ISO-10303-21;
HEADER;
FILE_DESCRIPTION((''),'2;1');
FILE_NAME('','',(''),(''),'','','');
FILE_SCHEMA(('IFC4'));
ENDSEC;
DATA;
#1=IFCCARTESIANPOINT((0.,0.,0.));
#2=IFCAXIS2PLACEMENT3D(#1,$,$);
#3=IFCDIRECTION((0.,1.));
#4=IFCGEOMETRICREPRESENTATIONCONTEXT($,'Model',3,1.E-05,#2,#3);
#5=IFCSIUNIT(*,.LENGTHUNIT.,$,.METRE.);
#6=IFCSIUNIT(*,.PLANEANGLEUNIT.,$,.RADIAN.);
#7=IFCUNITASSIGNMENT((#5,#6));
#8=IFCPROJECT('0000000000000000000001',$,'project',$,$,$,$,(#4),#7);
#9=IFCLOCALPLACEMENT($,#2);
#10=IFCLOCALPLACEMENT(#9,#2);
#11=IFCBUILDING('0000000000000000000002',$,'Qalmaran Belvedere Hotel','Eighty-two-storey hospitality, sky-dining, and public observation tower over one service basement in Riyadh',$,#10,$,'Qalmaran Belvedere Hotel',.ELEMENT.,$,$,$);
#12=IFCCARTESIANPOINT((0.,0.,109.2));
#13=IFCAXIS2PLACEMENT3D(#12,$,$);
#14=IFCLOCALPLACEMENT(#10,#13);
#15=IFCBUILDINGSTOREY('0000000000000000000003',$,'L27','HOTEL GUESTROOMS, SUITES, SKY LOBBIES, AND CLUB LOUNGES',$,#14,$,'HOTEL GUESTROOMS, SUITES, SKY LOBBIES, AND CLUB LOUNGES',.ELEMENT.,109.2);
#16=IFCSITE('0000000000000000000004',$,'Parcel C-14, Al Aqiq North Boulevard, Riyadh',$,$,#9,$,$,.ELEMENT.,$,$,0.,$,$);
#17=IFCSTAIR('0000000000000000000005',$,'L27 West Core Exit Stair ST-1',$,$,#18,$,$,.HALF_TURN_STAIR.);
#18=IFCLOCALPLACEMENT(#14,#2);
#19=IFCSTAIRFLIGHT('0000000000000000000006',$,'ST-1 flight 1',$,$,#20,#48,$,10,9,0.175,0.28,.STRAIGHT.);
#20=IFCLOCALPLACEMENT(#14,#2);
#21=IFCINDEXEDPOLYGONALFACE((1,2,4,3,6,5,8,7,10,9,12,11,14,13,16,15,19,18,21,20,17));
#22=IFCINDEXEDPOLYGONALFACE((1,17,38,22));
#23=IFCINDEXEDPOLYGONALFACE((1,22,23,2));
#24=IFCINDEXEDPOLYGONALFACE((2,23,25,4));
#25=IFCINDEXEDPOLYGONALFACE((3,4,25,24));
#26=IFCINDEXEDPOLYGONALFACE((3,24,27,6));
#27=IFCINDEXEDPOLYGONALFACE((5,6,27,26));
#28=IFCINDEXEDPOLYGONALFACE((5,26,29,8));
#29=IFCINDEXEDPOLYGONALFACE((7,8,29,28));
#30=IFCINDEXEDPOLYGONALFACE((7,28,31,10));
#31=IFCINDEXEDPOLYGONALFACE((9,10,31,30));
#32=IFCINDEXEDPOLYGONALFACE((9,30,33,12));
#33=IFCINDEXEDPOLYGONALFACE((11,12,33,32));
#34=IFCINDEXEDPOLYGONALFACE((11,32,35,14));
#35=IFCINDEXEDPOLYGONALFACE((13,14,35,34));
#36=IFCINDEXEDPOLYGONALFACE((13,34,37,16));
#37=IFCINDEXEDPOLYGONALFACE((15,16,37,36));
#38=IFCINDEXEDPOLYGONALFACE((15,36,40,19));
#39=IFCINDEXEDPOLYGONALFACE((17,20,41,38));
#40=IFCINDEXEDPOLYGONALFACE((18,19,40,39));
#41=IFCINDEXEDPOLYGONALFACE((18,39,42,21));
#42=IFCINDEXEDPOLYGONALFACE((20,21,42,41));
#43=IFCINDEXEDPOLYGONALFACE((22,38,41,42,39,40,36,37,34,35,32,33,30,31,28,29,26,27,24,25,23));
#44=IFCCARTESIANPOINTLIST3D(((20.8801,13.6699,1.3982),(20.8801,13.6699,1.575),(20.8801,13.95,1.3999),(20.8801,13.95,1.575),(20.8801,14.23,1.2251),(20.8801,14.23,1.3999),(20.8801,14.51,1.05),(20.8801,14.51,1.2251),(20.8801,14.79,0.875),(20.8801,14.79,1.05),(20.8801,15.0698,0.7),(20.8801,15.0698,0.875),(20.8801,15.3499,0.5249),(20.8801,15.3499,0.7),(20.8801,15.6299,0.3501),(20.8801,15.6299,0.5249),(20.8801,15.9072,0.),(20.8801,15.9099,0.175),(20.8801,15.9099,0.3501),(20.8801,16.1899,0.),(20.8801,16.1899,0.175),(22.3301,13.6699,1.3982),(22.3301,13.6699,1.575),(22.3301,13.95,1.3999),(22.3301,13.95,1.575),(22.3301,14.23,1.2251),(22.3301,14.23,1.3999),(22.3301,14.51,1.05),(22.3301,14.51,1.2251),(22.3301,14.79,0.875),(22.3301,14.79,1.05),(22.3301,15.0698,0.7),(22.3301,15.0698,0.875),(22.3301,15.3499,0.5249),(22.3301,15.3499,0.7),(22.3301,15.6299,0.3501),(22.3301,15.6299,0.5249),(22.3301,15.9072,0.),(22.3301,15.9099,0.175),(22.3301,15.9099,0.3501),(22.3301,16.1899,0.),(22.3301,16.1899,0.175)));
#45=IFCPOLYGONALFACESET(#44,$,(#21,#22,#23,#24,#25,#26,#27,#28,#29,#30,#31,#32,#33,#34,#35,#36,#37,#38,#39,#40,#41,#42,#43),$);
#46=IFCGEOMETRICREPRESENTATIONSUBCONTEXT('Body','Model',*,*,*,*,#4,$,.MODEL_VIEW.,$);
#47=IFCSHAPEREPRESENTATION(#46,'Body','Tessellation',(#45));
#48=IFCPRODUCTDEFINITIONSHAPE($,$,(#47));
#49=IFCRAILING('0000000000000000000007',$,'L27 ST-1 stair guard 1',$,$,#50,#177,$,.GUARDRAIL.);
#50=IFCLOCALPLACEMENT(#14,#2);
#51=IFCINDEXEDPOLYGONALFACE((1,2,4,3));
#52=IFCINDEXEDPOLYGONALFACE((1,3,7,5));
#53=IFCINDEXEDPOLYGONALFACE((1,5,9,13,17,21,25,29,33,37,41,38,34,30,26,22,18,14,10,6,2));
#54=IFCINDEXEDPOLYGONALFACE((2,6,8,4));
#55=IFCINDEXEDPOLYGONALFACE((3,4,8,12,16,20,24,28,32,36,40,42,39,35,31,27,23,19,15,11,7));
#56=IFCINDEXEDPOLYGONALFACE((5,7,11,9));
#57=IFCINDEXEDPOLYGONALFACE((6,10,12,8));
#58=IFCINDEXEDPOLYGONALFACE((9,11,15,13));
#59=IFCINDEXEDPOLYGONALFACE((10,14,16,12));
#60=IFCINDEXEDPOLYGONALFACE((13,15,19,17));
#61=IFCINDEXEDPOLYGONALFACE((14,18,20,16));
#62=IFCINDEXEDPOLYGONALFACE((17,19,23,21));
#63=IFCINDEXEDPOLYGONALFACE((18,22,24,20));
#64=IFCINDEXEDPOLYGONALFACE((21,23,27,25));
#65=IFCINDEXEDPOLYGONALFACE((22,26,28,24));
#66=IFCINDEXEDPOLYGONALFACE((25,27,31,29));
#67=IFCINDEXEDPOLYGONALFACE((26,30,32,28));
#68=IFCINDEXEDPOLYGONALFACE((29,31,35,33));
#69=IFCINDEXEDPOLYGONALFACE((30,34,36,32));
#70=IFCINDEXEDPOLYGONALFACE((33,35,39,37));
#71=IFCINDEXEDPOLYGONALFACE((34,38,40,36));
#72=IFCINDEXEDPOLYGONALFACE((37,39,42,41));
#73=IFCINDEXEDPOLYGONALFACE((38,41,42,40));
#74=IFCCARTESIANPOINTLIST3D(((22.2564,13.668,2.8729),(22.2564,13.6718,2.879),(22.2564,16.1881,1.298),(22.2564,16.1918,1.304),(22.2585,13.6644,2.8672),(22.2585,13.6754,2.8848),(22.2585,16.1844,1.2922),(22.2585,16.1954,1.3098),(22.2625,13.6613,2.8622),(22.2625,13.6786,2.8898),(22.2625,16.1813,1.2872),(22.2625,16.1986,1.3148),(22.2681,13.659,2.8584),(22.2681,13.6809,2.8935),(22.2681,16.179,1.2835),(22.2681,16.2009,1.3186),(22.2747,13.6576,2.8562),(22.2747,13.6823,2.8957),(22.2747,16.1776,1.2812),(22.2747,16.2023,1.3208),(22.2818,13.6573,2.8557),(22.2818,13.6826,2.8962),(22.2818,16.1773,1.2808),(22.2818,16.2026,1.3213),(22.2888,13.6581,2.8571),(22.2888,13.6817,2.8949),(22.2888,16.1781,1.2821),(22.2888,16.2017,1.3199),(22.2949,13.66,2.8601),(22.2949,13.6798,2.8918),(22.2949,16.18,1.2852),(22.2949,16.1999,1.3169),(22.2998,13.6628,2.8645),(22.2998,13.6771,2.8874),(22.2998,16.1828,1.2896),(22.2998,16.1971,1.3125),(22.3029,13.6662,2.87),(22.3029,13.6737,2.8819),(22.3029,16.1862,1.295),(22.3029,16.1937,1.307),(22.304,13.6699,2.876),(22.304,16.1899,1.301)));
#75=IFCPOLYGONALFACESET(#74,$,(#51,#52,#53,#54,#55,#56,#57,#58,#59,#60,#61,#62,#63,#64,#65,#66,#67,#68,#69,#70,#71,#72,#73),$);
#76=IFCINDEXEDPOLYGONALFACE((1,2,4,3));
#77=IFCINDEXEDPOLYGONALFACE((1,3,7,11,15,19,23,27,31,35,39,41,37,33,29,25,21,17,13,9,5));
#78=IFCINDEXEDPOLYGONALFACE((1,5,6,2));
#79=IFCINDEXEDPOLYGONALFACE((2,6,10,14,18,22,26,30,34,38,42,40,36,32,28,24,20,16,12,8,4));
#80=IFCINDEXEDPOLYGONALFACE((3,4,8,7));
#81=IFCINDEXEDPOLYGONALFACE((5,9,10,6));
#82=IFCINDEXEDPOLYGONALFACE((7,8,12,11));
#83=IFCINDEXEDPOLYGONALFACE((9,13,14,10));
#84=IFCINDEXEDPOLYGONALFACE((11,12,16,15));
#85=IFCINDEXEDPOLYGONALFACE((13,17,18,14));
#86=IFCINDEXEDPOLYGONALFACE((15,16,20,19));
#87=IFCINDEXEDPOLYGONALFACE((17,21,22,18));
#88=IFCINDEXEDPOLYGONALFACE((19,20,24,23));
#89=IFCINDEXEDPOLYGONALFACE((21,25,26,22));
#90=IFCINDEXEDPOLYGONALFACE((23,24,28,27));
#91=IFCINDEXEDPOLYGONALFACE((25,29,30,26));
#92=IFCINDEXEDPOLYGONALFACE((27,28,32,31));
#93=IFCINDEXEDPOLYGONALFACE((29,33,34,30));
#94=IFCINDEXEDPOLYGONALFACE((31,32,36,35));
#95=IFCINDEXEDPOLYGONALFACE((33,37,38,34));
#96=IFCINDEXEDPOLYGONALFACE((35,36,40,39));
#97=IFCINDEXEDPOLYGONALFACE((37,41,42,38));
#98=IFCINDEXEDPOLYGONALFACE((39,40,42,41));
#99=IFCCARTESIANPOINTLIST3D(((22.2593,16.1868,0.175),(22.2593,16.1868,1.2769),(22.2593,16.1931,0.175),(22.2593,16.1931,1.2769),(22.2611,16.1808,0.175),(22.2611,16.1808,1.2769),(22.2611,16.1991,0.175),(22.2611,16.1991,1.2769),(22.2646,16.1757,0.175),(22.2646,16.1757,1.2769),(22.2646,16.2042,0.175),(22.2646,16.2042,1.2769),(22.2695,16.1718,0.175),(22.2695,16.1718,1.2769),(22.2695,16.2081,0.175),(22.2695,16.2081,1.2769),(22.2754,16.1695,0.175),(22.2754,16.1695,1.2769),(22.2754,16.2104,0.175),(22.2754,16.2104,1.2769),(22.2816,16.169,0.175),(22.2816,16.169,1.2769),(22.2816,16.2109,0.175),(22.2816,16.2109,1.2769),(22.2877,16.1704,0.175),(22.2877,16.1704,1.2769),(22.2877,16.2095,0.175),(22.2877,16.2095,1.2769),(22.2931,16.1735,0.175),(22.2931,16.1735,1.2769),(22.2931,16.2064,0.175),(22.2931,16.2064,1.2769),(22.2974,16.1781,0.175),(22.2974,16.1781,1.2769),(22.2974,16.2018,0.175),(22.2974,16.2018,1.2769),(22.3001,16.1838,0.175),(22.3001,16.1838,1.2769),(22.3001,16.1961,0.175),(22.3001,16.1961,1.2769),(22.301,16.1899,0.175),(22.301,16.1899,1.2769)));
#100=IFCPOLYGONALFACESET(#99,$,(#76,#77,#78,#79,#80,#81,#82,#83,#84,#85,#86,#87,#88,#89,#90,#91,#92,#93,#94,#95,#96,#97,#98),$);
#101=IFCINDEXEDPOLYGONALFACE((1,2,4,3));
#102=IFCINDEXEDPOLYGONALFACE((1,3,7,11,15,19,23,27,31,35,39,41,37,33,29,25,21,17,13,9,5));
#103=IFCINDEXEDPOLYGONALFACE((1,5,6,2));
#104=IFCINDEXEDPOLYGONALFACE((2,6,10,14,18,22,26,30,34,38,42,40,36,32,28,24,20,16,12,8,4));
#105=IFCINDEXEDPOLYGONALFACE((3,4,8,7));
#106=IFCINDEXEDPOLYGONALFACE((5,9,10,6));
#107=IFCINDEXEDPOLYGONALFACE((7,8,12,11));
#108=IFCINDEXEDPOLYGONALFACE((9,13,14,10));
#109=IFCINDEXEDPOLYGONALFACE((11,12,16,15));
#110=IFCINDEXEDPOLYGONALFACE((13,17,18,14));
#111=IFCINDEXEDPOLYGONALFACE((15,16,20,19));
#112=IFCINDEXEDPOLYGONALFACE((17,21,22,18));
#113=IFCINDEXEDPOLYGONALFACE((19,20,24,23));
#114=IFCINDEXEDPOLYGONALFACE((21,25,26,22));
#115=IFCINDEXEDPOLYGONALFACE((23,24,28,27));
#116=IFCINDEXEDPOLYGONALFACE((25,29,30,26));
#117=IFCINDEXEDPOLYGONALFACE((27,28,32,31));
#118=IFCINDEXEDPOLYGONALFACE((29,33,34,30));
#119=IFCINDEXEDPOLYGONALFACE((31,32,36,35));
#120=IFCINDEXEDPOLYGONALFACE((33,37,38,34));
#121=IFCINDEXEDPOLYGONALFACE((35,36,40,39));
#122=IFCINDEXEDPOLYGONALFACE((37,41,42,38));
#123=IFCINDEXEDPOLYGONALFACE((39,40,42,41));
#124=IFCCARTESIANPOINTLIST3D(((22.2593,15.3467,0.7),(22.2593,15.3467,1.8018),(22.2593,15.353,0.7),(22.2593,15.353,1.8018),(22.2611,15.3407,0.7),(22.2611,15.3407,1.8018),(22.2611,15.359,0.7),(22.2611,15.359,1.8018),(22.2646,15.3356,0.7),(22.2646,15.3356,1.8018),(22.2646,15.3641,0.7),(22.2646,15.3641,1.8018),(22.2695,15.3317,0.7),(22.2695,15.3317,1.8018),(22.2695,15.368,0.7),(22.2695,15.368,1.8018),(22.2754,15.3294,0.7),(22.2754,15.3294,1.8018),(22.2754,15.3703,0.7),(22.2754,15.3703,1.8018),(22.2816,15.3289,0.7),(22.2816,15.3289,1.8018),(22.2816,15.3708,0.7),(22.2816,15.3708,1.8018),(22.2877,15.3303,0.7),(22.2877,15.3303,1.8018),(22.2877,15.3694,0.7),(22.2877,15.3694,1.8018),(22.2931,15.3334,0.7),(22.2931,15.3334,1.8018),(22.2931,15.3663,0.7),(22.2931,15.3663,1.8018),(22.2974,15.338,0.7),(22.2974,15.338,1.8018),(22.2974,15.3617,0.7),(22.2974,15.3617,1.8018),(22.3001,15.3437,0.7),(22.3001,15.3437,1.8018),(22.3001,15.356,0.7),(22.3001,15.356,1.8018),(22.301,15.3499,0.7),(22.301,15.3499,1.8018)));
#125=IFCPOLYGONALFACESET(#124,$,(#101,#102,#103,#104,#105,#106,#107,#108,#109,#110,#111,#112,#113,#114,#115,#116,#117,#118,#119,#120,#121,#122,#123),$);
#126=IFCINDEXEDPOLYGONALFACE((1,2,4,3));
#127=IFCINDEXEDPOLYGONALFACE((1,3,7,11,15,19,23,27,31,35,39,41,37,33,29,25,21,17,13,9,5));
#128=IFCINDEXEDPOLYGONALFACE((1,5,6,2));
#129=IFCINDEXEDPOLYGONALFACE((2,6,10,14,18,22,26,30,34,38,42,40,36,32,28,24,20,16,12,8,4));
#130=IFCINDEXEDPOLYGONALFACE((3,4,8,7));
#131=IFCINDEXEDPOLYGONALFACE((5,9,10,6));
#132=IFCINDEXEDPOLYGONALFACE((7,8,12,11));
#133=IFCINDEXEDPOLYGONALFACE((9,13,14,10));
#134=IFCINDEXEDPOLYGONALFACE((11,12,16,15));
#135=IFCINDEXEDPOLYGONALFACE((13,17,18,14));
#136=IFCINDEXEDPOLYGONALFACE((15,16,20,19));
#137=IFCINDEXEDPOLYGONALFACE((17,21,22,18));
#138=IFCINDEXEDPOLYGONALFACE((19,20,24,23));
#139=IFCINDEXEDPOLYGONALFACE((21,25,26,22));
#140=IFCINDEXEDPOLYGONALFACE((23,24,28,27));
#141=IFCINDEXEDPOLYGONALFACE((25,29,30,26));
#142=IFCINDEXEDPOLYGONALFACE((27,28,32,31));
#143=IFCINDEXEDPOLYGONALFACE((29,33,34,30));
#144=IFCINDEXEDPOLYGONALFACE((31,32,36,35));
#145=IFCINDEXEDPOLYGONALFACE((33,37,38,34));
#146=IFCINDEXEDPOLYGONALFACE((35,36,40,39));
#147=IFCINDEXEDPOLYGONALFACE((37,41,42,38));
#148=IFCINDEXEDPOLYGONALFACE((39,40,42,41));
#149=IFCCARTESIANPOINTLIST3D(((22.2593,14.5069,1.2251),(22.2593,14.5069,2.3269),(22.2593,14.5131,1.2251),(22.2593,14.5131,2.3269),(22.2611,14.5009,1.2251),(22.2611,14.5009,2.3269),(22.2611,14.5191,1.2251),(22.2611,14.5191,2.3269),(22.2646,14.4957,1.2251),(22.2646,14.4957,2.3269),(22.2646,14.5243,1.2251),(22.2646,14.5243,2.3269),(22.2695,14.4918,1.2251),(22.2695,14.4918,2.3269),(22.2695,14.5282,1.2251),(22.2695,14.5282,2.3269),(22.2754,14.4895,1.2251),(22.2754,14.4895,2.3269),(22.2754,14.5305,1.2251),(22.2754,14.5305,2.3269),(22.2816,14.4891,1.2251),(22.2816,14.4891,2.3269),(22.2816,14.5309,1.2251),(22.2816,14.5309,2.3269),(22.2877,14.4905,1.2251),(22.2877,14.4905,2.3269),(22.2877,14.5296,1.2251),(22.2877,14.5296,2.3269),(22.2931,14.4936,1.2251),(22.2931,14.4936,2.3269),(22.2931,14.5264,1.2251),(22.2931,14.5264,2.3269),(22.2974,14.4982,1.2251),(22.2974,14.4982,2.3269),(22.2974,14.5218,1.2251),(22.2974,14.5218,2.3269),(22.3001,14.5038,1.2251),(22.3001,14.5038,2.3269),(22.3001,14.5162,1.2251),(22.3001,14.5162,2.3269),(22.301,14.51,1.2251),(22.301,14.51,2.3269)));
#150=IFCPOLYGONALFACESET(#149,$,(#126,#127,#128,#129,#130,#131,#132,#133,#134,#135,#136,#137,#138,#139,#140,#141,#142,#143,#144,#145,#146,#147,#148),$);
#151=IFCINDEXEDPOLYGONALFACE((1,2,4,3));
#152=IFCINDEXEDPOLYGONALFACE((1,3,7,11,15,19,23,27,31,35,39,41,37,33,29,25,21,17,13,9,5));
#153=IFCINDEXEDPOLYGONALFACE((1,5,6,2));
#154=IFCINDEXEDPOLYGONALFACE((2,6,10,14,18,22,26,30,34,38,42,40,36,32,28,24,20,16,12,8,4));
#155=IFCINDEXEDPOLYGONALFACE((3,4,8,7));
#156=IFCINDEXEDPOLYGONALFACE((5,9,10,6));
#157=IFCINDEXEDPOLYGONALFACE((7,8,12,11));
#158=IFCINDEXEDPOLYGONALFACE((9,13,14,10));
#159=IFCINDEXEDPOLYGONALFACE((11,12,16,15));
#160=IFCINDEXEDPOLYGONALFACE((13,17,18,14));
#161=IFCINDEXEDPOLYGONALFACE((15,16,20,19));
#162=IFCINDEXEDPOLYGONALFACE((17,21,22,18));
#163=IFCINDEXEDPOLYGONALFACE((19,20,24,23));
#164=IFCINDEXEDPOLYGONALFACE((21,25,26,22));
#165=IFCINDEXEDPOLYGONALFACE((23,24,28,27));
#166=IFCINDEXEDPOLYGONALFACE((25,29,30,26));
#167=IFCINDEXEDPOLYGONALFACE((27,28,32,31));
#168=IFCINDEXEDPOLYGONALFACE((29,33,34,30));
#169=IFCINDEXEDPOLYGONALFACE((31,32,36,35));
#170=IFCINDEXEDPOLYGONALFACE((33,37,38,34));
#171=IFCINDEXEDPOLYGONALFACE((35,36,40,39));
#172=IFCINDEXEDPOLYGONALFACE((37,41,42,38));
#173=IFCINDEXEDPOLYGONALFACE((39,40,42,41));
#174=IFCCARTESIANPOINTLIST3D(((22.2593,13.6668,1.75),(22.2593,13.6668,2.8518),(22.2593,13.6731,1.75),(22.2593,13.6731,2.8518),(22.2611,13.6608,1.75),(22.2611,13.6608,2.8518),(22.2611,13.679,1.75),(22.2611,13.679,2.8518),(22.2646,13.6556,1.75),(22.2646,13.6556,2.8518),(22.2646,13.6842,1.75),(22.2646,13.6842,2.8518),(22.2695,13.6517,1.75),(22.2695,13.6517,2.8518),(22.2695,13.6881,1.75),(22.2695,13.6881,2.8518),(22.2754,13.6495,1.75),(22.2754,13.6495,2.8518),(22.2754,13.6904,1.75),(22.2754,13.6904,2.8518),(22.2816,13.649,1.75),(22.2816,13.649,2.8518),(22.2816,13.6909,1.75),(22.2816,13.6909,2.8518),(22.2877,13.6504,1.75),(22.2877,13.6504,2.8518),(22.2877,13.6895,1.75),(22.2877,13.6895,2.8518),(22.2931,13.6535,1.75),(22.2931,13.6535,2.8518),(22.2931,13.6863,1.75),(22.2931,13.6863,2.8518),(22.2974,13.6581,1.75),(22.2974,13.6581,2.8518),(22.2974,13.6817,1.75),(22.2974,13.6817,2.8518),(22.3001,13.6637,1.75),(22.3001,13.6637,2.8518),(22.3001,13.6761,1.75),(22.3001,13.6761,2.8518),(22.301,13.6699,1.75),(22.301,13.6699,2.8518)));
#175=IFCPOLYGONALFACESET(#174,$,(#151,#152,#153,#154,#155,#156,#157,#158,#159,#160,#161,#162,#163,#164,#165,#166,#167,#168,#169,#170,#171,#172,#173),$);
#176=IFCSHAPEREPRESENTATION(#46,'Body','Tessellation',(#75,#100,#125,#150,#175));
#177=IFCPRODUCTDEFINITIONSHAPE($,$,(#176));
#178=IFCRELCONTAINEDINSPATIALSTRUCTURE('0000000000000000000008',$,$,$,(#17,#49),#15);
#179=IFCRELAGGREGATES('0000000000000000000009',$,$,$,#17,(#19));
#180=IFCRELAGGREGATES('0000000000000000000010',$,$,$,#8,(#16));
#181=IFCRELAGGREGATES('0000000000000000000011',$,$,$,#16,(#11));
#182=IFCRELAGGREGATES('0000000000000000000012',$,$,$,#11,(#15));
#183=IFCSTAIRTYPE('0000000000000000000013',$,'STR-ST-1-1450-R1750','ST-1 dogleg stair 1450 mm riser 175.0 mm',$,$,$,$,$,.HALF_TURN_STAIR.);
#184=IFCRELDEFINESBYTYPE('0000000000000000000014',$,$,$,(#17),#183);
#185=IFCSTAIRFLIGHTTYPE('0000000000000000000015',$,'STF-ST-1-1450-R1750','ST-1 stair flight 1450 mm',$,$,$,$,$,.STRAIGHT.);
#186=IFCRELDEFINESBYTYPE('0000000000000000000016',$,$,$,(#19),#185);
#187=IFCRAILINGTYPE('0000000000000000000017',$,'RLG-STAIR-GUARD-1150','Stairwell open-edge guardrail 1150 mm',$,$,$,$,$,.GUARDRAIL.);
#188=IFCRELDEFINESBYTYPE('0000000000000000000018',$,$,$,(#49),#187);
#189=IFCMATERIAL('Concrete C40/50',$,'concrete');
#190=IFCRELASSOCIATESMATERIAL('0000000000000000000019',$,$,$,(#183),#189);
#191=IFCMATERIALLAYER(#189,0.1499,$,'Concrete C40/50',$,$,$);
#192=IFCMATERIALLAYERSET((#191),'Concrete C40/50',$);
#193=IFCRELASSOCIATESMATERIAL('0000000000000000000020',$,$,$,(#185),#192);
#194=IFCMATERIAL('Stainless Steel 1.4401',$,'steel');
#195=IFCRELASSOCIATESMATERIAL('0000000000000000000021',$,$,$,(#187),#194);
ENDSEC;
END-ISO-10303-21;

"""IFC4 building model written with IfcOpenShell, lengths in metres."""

from ifc_helpers import new_model, si_unit, direction, frame, origin, origin_2d, place, context, subcontext, project, spatial, polyline, circle, outline, extrude, material, layer, layer_set, type_object, element, aggregate, save


model = new_model("IFC4")

# Units and contexts
model_context = context("Model", 3, precision=1e-05, world=origin(), true_north=direction((0.0, 1.0)))
body_context = subcontext(model_context, "Body", "Model", "MODEL_VIEW")
ifc_project = project(units=[si_unit("LENGTHUNIT", "METRE"), si_unit("PLANEANGLEUNIT", "RADIAN")], contexts=[model_context])

# Site, building, storey
site_placement = place(None, origin())
site = spatial("IfcSite", under=ifc_project, at=site_placement, Name="Parcel C-14, Al Aqiq North Boulevard, Riyadh", CompositionType="ELEMENT", RefElevation=0.0)
building_placement = place(site_placement, origin())
building = spatial("IfcBuilding", under=site, at=building_placement, Name="Qalmaran Belvedere Hotel", Description="Eighty-two-storey hospitality, sky-dining, and public observation tower over one service basement in Riyadh", LongName="Qalmaran Belvedere Hotel", CompositionType="ELEMENT")
storey_placement = place(building_placement, frame((0.0, 0.0, 109.2)))
storey = spatial("IfcBuildingStorey", under=building, at=storey_placement, Name="L27", Description="HOTEL GUESTROOMS, SUITES, SKY LOBBIES, AND CLUB LOUNGES", LongName="HOTEL GUESTROOMS, SUITES, SKY LOBBIES, AND CLUB LOUNGES", CompositionType="ELEMENT", Elevation=109.2)

# Shared definitions
ifc_material_1 = material(Name="Stainless Steel 1.4401", Category="steel")

# Stair, stair flight
ifc_material_2 = material(Name="Concrete C40/50", Category="concrete")
stair_type = type_object("IfcStairType", Name="STR-ST-1-1450-R1750", Description="ST-1 dogleg stair 1450 mm riser 175.0 mm", PredefinedType="HALF_TURN_STAIR", material=ifc_material_2)
stair_placement = place(storey_placement, origin())
stair = element("IfcStair", 1, at=stair_placement, inside=storey, type_object=stair_type, Name="L27 West Core Exit Stair ST-1", PredefinedType="HALF_TURN_STAIR")
ifc_layer_1 = layer(ifc_material_2, 0.1499, Name="Concrete C40/50")
ifc_layer_set_1 = layer_set([ifc_layer_1], Name="Concrete C40/50")
stair_flight_type = type_object("IfcStairFlightType", Name="STF-ST-1-1450-R1750", Description="ST-1 stair flight 1450 mm", PredefinedType="STRAIGHT", material=ifc_layer_set_1)
stair_flight_placement = place(storey_placement, frame((21.605, 16.1899, 0.0), z_axis=(0.0, 0.0, 1.0), x_axis=(0.0, -1.0, 0.0)))
stair_flight = element("IfcStairFlight", 2, at=stair_flight_placement, type_object=stair_flight_type, Name="ST-1 flight 1", NumberOfRisers=10, NumberOfTreads=9, PredefinedType="STRAIGHT", RiserHeight=0.175, TreadLength=0.28, context=body_context, shape_type="SweptSolid", body=[
    extrude(outline(polyline([(0.0, 0.0), (0.0, 0.175), (0.28, 0.175), (0.28, 0.3501), (0.5601, 0.3501), (0.5601, 0.5249), (0.8401, 0.5249), (0.8401, 0.7), (1.1201, 0.7), (1.1201, 0.875), (1.3999, 0.875), (1.3999, 1.05), (1.6799, 1.05), (1.6799, 1.2251), (1.96, 1.2251), (1.96, 1.3999), (2.24, 1.3999), (2.24, 1.575), (2.52, 1.575), (2.52, 1.75), (2.52, 1.3982), (0.2827, 0.0), (0.0, 0.0)])), frame((0.0, 0.7251, 0.0), z_axis=(0.0, -1.0, 0.0), x_axis=(1.0, 0.0, 0.0)), (0.0, 0.0, 1.0), 1.45),
])
aggregate(stair, [stair_flight])

# Railing
railing_type_1 = type_object("IfcRailingType", Name="RLG-STAIR-GUARD-1150", Description="Stairwell open-edge guardrail 1150 mm", PredefinedType="GUARDRAIL", material=ifc_material_1)
railing_1_placement = place(storey_placement, frame((22.28, 16.1899, 0.175)))
element("IfcRailing", 3, at=railing_1_placement, inside=storey, type_object=railing_type_1, Name="L27 ST-1 stair guard 1", PredefinedType="GUARDRAIL", context=body_context, shape_type="SweptSolid", body=[
    extrude(circle(Radius=0.0239, at=origin_2d()), frame((0.0, 0.0, 1.126), z_axis=(0.0, -0.848008, 0.529984), x_axis=(1.0, 0.0, 0.0)), (0.0, 0.0, 1.0), 2.9717),
    extrude(circle(Radius=0.021, at=origin_2d()), origin(), (0.0, 0.0, 1.0), 1.1018),
    extrude(circle(Radius=0.021, at=origin_2d()), frame((0.0, -0.8401, 0.5249)), (0.0, 0.0, 1.0), 1.1018),
    extrude(circle(Radius=0.021, at=origin_2d()), frame((0.0, -1.6799, 1.05)), (0.0, 0.0, 1.0), 1.1018),
    extrude(circle(Radius=0.021, at=origin_2d()), frame((0.0, -2.52, 1.575)), (0.0, 0.0, 1.0), 1.1018),
])

save(model, "model.ifc")
